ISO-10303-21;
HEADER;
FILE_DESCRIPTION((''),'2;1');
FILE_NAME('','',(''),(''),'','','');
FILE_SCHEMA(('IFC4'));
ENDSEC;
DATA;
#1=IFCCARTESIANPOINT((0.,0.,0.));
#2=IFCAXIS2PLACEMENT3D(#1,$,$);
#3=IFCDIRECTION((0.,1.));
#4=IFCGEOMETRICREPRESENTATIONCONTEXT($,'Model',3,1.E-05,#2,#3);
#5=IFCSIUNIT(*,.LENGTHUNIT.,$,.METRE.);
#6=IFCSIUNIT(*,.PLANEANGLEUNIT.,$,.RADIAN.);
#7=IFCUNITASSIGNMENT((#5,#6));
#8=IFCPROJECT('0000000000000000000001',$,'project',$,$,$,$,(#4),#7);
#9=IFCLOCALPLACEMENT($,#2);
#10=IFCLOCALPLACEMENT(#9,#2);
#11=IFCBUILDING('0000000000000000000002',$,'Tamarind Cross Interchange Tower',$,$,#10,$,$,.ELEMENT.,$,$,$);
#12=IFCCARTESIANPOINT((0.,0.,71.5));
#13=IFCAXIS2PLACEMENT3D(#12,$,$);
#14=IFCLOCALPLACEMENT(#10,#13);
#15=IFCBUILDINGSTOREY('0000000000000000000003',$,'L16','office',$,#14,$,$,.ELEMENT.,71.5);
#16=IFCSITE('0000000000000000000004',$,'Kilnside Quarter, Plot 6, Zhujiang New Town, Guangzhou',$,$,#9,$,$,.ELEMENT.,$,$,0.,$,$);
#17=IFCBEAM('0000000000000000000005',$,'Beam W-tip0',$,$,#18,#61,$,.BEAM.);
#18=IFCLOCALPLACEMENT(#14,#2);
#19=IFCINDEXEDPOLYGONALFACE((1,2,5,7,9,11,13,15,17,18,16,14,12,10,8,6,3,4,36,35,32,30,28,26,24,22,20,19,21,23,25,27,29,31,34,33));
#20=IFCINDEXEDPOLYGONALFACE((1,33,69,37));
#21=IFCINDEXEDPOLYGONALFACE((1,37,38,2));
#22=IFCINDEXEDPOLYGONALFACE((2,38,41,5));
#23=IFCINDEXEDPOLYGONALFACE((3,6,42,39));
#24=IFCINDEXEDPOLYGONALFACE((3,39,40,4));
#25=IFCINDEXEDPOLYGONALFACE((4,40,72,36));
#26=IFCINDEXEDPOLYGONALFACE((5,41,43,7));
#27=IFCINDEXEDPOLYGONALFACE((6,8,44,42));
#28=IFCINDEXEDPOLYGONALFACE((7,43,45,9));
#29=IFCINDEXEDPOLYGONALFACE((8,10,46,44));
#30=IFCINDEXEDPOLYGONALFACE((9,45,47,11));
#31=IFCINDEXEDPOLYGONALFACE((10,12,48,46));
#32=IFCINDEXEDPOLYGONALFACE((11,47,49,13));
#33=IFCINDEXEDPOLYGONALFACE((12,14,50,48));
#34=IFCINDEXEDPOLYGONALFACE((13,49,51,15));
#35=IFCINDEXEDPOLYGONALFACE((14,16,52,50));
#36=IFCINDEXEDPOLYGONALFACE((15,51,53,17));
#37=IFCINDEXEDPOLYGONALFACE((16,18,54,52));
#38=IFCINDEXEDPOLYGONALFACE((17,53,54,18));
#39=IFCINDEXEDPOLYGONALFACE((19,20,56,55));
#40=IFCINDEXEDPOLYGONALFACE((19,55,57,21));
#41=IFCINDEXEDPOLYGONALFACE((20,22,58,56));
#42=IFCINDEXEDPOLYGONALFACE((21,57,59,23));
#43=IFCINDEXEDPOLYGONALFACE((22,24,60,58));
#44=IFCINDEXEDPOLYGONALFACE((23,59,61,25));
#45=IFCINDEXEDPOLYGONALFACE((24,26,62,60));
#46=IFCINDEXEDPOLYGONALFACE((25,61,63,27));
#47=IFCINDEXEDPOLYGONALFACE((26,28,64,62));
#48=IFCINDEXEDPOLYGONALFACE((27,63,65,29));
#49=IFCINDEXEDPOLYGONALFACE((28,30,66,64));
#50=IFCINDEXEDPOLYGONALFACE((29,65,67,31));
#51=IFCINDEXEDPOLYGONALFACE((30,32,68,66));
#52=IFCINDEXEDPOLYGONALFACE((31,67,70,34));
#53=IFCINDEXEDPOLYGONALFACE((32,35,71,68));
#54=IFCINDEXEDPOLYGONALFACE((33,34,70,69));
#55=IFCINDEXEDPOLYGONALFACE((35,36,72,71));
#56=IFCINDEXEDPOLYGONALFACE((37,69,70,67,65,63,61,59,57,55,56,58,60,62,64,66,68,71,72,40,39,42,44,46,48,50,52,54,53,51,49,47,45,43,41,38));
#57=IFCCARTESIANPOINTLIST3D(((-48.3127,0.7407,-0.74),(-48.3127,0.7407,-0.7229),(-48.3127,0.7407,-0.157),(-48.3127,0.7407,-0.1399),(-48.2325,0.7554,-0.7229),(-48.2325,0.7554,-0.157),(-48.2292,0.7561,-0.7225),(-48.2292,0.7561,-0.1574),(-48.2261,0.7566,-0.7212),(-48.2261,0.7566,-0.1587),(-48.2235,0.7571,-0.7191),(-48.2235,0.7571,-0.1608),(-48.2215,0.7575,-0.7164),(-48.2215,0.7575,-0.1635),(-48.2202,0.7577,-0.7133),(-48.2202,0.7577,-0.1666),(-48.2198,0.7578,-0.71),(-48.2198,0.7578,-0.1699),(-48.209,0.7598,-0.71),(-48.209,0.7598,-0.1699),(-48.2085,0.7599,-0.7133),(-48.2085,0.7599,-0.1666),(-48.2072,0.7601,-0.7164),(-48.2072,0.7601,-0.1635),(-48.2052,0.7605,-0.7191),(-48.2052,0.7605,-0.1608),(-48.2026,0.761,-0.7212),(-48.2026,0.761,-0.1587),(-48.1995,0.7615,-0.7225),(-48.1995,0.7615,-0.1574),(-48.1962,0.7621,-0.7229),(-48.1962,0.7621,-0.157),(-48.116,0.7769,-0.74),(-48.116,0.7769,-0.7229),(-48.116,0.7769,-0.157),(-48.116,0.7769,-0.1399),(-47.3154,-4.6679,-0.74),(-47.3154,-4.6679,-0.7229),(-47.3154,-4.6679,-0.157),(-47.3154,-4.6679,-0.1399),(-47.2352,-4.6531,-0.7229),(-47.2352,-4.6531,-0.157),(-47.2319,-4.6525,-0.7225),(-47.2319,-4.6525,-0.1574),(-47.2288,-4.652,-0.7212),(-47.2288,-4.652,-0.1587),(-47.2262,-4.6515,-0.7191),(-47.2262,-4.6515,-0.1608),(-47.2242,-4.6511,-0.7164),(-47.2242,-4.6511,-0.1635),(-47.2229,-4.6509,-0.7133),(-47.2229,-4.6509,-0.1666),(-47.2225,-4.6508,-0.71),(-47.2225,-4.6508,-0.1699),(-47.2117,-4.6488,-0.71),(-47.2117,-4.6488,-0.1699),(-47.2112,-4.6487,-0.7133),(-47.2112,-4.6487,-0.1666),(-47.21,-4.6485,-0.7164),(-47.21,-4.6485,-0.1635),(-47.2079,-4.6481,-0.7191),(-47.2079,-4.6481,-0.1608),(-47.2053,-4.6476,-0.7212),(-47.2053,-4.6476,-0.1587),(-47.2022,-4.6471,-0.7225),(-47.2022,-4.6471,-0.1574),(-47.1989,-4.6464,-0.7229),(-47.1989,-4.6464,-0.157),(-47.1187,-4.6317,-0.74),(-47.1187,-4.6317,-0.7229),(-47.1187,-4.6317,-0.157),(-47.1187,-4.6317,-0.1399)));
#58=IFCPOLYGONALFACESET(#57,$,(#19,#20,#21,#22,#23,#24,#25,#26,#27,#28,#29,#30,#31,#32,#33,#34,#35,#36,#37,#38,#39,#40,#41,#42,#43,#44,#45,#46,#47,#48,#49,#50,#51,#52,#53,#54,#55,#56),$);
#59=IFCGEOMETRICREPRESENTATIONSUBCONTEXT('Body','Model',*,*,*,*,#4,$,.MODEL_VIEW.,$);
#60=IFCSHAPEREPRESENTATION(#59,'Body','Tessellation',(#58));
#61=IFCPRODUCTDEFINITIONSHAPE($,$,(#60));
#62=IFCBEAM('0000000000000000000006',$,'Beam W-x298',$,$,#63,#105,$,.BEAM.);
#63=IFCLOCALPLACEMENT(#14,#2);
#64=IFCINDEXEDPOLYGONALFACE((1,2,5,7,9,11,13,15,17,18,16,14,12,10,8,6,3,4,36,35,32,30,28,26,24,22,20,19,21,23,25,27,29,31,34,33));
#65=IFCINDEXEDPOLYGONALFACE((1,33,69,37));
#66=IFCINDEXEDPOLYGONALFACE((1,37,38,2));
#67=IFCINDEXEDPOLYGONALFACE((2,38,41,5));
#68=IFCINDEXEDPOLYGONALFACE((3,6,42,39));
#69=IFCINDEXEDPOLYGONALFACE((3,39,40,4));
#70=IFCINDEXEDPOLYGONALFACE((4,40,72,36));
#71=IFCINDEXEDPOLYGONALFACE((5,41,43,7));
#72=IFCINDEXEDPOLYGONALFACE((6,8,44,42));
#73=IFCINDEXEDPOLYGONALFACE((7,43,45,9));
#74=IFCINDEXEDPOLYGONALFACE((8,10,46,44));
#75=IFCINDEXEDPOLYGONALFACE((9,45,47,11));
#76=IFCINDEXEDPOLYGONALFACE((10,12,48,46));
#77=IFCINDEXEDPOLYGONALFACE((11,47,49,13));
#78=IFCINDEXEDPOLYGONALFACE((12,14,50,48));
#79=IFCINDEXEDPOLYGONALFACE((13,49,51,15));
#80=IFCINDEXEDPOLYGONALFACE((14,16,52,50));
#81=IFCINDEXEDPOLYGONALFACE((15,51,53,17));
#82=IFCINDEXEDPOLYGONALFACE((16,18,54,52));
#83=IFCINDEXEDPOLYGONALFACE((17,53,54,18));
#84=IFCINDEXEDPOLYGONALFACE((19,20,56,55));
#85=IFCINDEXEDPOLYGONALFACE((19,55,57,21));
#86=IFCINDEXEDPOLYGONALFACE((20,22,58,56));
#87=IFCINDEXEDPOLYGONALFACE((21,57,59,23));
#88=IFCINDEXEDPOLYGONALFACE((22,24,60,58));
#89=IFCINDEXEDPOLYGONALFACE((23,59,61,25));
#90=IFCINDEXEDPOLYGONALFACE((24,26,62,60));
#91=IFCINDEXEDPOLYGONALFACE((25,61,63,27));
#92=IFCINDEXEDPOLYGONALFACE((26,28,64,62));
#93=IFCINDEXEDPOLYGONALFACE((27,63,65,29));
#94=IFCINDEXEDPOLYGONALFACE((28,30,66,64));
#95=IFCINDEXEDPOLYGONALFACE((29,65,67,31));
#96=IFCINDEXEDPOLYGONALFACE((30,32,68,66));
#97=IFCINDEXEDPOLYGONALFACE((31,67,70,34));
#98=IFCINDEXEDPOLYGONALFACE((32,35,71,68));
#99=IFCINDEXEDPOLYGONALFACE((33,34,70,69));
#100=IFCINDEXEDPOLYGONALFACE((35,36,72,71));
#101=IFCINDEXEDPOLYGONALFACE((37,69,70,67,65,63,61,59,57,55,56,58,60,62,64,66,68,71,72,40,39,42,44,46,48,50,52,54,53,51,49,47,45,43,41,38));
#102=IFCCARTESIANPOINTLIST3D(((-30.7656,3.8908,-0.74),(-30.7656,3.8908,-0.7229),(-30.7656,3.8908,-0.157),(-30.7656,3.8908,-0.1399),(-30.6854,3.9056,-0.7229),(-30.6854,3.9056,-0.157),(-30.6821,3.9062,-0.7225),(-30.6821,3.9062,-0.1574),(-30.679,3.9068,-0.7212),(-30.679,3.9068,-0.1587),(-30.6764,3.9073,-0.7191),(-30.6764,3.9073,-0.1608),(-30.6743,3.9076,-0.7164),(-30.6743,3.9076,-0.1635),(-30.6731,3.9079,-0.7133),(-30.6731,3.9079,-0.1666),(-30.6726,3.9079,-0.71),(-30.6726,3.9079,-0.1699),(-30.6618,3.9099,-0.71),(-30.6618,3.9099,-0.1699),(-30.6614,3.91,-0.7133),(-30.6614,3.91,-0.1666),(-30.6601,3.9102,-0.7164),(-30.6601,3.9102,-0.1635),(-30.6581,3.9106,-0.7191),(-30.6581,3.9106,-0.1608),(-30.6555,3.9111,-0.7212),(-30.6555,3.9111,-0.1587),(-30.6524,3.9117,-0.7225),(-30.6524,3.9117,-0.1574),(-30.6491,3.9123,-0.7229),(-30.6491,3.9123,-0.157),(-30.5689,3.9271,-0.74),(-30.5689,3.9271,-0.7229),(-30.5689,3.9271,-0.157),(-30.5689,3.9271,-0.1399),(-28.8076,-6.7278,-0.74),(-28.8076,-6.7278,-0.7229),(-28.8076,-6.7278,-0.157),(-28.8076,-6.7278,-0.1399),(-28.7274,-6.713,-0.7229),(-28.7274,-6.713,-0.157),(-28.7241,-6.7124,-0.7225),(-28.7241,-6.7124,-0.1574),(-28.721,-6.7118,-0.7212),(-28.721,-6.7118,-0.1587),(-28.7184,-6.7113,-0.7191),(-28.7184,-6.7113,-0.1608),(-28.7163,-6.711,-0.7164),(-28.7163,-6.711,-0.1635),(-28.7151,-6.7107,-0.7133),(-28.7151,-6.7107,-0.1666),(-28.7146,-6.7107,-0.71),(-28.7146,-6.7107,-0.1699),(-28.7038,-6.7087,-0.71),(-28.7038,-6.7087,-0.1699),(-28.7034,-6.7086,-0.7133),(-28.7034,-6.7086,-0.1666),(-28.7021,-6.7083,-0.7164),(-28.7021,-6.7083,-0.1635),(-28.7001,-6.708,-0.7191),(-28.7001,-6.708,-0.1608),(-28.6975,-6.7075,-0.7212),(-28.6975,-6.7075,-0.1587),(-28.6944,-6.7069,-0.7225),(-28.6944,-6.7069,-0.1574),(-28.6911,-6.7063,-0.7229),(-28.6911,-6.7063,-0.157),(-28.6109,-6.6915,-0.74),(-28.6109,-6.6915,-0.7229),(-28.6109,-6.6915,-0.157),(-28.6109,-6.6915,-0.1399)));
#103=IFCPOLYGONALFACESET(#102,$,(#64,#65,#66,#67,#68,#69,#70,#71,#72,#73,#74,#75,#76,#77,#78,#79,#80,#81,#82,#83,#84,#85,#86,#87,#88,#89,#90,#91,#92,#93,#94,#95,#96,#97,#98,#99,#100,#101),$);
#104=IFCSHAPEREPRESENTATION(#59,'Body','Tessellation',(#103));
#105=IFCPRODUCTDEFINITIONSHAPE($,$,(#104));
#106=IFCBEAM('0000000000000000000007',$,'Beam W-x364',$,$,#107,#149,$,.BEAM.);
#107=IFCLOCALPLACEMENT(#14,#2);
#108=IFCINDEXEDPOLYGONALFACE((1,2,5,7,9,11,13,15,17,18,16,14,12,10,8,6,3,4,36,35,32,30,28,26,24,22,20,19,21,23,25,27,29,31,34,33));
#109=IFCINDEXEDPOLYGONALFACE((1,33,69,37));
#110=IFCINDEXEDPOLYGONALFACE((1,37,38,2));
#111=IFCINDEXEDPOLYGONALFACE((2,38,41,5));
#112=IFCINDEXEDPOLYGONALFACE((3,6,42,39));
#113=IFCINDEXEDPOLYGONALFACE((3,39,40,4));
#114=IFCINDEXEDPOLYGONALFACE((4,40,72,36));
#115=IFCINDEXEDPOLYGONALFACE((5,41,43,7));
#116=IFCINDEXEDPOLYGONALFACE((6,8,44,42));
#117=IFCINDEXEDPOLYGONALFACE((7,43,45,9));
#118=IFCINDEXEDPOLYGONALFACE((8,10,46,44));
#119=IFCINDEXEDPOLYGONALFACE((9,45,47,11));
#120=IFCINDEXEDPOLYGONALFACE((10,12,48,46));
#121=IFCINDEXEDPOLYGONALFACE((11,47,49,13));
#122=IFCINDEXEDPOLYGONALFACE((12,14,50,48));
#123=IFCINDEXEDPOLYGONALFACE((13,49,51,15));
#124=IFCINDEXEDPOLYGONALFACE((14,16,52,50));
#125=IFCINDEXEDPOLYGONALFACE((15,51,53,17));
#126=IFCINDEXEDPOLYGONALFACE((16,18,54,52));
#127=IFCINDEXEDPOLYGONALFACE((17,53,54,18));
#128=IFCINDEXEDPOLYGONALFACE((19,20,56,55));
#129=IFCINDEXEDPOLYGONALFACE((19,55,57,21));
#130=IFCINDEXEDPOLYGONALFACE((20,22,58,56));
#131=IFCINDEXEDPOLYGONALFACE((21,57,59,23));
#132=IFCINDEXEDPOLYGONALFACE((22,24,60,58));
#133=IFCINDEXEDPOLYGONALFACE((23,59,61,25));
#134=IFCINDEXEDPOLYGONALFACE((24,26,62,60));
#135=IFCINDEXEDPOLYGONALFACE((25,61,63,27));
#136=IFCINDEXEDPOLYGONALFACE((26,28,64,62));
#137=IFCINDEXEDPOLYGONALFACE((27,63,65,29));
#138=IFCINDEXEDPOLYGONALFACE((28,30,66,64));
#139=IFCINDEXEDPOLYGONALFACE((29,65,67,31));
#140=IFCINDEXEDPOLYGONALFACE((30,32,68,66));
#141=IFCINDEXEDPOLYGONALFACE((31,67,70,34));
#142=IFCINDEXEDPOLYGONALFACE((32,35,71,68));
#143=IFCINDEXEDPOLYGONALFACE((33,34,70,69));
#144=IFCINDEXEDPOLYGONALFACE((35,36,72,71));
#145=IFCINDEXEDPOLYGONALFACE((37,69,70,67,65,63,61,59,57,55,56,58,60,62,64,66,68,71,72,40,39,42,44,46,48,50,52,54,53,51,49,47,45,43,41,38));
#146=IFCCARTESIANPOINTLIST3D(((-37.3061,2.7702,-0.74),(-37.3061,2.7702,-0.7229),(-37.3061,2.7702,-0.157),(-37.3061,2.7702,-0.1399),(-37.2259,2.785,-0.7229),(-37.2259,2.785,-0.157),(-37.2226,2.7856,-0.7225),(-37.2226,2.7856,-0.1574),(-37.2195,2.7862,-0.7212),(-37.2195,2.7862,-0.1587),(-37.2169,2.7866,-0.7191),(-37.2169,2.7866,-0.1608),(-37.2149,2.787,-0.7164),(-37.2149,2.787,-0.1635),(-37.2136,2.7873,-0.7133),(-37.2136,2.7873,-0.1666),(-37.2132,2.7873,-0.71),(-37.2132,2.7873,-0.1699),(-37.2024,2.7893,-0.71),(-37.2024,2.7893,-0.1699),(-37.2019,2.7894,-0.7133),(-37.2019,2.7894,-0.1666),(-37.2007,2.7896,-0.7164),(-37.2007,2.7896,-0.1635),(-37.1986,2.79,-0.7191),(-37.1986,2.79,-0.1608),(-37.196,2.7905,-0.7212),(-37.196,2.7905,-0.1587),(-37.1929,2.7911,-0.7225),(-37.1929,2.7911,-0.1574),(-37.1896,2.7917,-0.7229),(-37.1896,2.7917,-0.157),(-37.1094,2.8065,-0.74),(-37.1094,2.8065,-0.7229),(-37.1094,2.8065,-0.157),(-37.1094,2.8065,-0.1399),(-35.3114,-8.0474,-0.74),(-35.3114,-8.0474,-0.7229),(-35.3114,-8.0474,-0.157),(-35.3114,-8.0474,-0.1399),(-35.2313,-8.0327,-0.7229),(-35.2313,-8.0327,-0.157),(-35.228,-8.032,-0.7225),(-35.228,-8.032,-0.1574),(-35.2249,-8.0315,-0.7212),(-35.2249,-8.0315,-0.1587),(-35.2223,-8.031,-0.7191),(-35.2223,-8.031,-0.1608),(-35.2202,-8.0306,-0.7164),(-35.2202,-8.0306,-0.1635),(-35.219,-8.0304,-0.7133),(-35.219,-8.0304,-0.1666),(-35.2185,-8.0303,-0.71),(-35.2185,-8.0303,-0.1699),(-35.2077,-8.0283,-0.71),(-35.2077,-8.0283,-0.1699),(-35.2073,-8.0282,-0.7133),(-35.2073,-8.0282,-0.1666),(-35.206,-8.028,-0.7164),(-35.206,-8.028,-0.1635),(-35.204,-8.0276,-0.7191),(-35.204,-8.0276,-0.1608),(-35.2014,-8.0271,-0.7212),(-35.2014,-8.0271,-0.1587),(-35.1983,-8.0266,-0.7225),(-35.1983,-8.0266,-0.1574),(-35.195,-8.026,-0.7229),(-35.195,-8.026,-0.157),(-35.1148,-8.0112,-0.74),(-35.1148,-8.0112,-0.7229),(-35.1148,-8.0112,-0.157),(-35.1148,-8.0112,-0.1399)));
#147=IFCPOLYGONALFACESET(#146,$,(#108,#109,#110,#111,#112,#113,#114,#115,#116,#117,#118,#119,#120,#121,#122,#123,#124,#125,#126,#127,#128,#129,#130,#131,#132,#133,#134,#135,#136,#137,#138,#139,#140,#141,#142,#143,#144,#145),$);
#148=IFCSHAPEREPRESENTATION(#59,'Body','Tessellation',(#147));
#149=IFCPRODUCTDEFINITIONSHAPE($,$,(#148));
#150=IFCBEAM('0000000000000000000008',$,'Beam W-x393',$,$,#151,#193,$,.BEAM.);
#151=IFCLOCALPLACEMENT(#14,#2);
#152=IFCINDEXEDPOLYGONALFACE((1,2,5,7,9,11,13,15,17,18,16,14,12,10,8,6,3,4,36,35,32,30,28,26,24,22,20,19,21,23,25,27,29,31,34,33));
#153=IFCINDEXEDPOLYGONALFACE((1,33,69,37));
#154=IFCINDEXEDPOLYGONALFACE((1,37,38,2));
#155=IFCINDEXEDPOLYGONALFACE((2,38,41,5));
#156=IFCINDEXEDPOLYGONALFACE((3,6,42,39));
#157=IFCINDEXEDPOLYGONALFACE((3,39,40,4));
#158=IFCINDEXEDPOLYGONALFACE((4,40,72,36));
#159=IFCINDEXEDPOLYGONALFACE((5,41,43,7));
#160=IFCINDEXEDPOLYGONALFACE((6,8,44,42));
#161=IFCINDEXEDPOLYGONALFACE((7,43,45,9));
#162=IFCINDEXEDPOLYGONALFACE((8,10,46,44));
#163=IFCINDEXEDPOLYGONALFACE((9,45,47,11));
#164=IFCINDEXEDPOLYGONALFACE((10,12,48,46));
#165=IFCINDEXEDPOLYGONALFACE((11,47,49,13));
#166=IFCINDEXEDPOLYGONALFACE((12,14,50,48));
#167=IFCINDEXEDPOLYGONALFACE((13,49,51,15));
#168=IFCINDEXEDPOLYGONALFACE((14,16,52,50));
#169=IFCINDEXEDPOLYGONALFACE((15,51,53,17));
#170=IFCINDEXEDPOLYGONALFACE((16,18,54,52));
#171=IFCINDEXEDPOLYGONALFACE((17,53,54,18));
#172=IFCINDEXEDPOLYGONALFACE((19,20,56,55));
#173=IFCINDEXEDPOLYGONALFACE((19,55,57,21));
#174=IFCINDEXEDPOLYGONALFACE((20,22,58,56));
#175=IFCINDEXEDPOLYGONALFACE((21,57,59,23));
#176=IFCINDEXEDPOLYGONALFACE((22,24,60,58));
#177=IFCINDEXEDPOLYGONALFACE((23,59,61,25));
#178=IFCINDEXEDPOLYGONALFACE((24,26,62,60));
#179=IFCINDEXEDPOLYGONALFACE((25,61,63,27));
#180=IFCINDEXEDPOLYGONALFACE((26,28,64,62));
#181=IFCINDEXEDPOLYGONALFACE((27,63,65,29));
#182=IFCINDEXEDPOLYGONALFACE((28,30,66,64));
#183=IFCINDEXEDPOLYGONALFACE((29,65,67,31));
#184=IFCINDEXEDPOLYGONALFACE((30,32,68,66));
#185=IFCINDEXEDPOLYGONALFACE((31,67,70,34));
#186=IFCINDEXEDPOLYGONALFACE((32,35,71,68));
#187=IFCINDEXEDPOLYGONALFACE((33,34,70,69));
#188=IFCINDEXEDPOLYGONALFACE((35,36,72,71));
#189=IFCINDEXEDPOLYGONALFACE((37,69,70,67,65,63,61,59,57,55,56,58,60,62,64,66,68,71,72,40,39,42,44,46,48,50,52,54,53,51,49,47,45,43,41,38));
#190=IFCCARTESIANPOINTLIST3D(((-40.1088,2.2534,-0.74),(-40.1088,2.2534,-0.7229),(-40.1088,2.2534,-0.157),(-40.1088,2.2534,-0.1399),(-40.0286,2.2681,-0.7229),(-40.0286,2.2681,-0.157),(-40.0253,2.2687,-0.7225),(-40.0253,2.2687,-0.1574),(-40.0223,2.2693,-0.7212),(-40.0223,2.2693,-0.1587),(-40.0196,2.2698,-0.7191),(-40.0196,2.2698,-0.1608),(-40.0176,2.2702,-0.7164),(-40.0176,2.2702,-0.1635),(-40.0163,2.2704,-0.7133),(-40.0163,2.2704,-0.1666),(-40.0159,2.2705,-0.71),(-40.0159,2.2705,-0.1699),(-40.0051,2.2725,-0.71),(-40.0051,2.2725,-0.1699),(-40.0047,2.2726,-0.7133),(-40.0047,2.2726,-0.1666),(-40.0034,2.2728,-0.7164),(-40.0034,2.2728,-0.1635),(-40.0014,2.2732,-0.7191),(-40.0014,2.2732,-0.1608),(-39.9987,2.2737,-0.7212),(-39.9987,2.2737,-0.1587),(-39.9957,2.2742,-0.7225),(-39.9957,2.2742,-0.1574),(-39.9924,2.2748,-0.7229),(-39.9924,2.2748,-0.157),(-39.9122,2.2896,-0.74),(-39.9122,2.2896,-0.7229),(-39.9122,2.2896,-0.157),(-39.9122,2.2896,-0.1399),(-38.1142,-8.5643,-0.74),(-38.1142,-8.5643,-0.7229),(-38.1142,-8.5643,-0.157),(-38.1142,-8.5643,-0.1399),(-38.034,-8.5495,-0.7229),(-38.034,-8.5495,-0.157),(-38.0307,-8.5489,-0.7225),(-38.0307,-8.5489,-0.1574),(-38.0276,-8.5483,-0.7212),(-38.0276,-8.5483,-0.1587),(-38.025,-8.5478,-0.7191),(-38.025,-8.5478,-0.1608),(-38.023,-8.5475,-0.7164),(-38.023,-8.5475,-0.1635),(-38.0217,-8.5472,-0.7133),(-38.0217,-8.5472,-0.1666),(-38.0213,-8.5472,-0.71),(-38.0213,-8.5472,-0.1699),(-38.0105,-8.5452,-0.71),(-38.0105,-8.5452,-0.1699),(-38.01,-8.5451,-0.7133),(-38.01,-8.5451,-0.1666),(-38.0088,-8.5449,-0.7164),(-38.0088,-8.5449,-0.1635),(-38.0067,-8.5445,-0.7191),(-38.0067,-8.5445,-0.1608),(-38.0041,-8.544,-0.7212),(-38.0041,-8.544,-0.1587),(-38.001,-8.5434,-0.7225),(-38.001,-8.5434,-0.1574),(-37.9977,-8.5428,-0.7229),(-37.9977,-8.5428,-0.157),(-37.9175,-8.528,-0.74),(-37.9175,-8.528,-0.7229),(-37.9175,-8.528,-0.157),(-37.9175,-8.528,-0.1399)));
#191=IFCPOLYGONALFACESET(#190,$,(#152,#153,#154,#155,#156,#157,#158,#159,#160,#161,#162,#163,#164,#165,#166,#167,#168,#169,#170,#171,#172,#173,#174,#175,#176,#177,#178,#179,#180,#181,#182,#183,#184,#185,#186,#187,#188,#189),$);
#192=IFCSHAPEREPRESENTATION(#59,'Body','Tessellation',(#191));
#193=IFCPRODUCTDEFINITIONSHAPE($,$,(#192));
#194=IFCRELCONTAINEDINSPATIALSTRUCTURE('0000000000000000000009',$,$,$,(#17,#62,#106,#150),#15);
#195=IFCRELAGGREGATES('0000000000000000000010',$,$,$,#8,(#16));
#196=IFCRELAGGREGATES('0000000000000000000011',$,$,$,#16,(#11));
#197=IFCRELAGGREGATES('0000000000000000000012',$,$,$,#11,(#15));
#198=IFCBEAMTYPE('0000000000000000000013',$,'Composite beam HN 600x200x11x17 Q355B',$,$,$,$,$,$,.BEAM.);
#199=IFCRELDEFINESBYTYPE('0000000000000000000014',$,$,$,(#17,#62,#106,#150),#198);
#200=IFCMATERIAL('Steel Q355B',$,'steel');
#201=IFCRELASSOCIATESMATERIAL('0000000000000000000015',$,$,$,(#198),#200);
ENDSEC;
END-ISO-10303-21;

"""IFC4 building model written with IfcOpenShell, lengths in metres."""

from ifc_helpers import new_model, si_unit, direction, frame, origin, origin_2d, place, context, subcontext, project, spatial, i_section, extrude, material, material_profile, profile_set, type_object, element, save


model = new_model("IFC4")

# Units and contexts
model_context = context("Model", 3, precision=1e-05, world=origin(), true_north=direction((0.0, 1.0)))
body_context = subcontext(model_context, "Body", "Model", "MODEL_VIEW")
ifc_project = project(units=[si_unit("LENGTHUNIT", "METRE"), si_unit("PLANEANGLEUNIT", "RADIAN")], contexts=[model_context])

# Site, building, storey
site_placement = place(None, origin())
site = spatial("IfcSite", under=ifc_project, at=site_placement, Name="Kilnside Quarter, Plot 6, Zhujiang New Town, Guangzhou", CompositionType="ELEMENT", RefElevation=0.0)
building_placement = place(site_placement, origin())
building = spatial("IfcBuilding", under=site, at=building_placement, Name="Tamarind Cross Interchange Tower", CompositionType="ELEMENT")
storey_placement = place(building_placement, frame((0.0, 0.0, 71.5)))
storey = spatial("IfcBuildingStorey", under=building, at=storey_placement, Name="L16", Description="office", CompositionType="ELEMENT", Elevation=71.5)

# Beams
ifc_material_1 = material(Name="Steel Q355B", Category="steel")
ifc_material_profile_1 = material_profile(ifc_material_1, i_section(OverallWidth=0.2, OverallDepth=0.6001, WebThickness=0.011, FlangeThickness=0.0171, FilletRadius=0.0129, at=origin_2d()), Name="HN 600x200x11x17")
ifc_profile_set_1 = profile_set([ifc_material_profile_1], Name="Steel Q355B")
beam_type_1 = type_object("IfcBeamType", Name="Composite beam HN 600x200x11x17 Q355B", PredefinedType="BEAM", material=ifc_profile_set_1)
beam_1_placement = place(storey_placement, frame((-48.2144, 0.7588, -0.4399), z_axis=(0.181334, -0.983422, 0.0), x_axis=(0.983422, 0.181334, 0.0)))
element("IfcBeam", 1, at=beam_1_placement, inside=storey, type_object=beam_type_1, Name="Beam W-tip0", PredefinedType="BEAM", context=body_context, shape_type="SweptSolid", body=[
    extrude(i_section(OverallWidth=0.2, OverallDepth=0.6001, WebThickness=0.011, FlangeThickness=0.0171, FilletRadius=0.0129, at=origin_2d()), origin(), (0.0, 0.0, 1.0), 5.4998),
])
beam_2_placement = place(storey_placement, frame((-30.6672, 3.9089, -0.4399), z_axis=(0.181336, -0.983421, 0.0), x_axis=(0.983421, 0.181336, 0.0)))
element("IfcBeam", 2, at=beam_2_placement, inside=storey, type_object=beam_type_1, Name="Beam W-x298", PredefinedType="BEAM", context=body_context, shape_type="SweptSolid", body=[
    extrude(i_section(OverallWidth=0.2, OverallDepth=0.6001, WebThickness=0.011, FlangeThickness=0.0171, FilletRadius=0.0129, at=origin_2d()), origin(), (0.0, 0.0, 1.0), 10.7976),
])
for number, where, z_axis, x_axis, name in (
    (3, (-37.2078, 2.7883, -0.4399), (0.18133, -0.983422, 0.0), (0.983422, 0.18133, 0.0), "Beam W-x364"),
    (4, (-40.0105, 2.2715, -0.4399), (0.18133, -0.983422, 0.0), (0.983422, 0.18133, 0.0), "Beam W-x393"),
):
    element("IfcBeam", number, at=place(storey_placement, frame(where, z_axis=z_axis, x_axis=x_axis)), inside=storey, type_object=beam_type_1, Name=name, PredefinedType="BEAM", context=body_context, shape_type="SweptSolid", body=[
        extrude(i_section(OverallWidth=0.2, OverallDepth=0.6001, WebThickness=0.011, FlangeThickness=0.0171, FilletRadius=0.0129, at=origin_2d()), origin(), (0.0, 0.0, 1.0), 11.0),
    ])

save(model, "model.ifc")
